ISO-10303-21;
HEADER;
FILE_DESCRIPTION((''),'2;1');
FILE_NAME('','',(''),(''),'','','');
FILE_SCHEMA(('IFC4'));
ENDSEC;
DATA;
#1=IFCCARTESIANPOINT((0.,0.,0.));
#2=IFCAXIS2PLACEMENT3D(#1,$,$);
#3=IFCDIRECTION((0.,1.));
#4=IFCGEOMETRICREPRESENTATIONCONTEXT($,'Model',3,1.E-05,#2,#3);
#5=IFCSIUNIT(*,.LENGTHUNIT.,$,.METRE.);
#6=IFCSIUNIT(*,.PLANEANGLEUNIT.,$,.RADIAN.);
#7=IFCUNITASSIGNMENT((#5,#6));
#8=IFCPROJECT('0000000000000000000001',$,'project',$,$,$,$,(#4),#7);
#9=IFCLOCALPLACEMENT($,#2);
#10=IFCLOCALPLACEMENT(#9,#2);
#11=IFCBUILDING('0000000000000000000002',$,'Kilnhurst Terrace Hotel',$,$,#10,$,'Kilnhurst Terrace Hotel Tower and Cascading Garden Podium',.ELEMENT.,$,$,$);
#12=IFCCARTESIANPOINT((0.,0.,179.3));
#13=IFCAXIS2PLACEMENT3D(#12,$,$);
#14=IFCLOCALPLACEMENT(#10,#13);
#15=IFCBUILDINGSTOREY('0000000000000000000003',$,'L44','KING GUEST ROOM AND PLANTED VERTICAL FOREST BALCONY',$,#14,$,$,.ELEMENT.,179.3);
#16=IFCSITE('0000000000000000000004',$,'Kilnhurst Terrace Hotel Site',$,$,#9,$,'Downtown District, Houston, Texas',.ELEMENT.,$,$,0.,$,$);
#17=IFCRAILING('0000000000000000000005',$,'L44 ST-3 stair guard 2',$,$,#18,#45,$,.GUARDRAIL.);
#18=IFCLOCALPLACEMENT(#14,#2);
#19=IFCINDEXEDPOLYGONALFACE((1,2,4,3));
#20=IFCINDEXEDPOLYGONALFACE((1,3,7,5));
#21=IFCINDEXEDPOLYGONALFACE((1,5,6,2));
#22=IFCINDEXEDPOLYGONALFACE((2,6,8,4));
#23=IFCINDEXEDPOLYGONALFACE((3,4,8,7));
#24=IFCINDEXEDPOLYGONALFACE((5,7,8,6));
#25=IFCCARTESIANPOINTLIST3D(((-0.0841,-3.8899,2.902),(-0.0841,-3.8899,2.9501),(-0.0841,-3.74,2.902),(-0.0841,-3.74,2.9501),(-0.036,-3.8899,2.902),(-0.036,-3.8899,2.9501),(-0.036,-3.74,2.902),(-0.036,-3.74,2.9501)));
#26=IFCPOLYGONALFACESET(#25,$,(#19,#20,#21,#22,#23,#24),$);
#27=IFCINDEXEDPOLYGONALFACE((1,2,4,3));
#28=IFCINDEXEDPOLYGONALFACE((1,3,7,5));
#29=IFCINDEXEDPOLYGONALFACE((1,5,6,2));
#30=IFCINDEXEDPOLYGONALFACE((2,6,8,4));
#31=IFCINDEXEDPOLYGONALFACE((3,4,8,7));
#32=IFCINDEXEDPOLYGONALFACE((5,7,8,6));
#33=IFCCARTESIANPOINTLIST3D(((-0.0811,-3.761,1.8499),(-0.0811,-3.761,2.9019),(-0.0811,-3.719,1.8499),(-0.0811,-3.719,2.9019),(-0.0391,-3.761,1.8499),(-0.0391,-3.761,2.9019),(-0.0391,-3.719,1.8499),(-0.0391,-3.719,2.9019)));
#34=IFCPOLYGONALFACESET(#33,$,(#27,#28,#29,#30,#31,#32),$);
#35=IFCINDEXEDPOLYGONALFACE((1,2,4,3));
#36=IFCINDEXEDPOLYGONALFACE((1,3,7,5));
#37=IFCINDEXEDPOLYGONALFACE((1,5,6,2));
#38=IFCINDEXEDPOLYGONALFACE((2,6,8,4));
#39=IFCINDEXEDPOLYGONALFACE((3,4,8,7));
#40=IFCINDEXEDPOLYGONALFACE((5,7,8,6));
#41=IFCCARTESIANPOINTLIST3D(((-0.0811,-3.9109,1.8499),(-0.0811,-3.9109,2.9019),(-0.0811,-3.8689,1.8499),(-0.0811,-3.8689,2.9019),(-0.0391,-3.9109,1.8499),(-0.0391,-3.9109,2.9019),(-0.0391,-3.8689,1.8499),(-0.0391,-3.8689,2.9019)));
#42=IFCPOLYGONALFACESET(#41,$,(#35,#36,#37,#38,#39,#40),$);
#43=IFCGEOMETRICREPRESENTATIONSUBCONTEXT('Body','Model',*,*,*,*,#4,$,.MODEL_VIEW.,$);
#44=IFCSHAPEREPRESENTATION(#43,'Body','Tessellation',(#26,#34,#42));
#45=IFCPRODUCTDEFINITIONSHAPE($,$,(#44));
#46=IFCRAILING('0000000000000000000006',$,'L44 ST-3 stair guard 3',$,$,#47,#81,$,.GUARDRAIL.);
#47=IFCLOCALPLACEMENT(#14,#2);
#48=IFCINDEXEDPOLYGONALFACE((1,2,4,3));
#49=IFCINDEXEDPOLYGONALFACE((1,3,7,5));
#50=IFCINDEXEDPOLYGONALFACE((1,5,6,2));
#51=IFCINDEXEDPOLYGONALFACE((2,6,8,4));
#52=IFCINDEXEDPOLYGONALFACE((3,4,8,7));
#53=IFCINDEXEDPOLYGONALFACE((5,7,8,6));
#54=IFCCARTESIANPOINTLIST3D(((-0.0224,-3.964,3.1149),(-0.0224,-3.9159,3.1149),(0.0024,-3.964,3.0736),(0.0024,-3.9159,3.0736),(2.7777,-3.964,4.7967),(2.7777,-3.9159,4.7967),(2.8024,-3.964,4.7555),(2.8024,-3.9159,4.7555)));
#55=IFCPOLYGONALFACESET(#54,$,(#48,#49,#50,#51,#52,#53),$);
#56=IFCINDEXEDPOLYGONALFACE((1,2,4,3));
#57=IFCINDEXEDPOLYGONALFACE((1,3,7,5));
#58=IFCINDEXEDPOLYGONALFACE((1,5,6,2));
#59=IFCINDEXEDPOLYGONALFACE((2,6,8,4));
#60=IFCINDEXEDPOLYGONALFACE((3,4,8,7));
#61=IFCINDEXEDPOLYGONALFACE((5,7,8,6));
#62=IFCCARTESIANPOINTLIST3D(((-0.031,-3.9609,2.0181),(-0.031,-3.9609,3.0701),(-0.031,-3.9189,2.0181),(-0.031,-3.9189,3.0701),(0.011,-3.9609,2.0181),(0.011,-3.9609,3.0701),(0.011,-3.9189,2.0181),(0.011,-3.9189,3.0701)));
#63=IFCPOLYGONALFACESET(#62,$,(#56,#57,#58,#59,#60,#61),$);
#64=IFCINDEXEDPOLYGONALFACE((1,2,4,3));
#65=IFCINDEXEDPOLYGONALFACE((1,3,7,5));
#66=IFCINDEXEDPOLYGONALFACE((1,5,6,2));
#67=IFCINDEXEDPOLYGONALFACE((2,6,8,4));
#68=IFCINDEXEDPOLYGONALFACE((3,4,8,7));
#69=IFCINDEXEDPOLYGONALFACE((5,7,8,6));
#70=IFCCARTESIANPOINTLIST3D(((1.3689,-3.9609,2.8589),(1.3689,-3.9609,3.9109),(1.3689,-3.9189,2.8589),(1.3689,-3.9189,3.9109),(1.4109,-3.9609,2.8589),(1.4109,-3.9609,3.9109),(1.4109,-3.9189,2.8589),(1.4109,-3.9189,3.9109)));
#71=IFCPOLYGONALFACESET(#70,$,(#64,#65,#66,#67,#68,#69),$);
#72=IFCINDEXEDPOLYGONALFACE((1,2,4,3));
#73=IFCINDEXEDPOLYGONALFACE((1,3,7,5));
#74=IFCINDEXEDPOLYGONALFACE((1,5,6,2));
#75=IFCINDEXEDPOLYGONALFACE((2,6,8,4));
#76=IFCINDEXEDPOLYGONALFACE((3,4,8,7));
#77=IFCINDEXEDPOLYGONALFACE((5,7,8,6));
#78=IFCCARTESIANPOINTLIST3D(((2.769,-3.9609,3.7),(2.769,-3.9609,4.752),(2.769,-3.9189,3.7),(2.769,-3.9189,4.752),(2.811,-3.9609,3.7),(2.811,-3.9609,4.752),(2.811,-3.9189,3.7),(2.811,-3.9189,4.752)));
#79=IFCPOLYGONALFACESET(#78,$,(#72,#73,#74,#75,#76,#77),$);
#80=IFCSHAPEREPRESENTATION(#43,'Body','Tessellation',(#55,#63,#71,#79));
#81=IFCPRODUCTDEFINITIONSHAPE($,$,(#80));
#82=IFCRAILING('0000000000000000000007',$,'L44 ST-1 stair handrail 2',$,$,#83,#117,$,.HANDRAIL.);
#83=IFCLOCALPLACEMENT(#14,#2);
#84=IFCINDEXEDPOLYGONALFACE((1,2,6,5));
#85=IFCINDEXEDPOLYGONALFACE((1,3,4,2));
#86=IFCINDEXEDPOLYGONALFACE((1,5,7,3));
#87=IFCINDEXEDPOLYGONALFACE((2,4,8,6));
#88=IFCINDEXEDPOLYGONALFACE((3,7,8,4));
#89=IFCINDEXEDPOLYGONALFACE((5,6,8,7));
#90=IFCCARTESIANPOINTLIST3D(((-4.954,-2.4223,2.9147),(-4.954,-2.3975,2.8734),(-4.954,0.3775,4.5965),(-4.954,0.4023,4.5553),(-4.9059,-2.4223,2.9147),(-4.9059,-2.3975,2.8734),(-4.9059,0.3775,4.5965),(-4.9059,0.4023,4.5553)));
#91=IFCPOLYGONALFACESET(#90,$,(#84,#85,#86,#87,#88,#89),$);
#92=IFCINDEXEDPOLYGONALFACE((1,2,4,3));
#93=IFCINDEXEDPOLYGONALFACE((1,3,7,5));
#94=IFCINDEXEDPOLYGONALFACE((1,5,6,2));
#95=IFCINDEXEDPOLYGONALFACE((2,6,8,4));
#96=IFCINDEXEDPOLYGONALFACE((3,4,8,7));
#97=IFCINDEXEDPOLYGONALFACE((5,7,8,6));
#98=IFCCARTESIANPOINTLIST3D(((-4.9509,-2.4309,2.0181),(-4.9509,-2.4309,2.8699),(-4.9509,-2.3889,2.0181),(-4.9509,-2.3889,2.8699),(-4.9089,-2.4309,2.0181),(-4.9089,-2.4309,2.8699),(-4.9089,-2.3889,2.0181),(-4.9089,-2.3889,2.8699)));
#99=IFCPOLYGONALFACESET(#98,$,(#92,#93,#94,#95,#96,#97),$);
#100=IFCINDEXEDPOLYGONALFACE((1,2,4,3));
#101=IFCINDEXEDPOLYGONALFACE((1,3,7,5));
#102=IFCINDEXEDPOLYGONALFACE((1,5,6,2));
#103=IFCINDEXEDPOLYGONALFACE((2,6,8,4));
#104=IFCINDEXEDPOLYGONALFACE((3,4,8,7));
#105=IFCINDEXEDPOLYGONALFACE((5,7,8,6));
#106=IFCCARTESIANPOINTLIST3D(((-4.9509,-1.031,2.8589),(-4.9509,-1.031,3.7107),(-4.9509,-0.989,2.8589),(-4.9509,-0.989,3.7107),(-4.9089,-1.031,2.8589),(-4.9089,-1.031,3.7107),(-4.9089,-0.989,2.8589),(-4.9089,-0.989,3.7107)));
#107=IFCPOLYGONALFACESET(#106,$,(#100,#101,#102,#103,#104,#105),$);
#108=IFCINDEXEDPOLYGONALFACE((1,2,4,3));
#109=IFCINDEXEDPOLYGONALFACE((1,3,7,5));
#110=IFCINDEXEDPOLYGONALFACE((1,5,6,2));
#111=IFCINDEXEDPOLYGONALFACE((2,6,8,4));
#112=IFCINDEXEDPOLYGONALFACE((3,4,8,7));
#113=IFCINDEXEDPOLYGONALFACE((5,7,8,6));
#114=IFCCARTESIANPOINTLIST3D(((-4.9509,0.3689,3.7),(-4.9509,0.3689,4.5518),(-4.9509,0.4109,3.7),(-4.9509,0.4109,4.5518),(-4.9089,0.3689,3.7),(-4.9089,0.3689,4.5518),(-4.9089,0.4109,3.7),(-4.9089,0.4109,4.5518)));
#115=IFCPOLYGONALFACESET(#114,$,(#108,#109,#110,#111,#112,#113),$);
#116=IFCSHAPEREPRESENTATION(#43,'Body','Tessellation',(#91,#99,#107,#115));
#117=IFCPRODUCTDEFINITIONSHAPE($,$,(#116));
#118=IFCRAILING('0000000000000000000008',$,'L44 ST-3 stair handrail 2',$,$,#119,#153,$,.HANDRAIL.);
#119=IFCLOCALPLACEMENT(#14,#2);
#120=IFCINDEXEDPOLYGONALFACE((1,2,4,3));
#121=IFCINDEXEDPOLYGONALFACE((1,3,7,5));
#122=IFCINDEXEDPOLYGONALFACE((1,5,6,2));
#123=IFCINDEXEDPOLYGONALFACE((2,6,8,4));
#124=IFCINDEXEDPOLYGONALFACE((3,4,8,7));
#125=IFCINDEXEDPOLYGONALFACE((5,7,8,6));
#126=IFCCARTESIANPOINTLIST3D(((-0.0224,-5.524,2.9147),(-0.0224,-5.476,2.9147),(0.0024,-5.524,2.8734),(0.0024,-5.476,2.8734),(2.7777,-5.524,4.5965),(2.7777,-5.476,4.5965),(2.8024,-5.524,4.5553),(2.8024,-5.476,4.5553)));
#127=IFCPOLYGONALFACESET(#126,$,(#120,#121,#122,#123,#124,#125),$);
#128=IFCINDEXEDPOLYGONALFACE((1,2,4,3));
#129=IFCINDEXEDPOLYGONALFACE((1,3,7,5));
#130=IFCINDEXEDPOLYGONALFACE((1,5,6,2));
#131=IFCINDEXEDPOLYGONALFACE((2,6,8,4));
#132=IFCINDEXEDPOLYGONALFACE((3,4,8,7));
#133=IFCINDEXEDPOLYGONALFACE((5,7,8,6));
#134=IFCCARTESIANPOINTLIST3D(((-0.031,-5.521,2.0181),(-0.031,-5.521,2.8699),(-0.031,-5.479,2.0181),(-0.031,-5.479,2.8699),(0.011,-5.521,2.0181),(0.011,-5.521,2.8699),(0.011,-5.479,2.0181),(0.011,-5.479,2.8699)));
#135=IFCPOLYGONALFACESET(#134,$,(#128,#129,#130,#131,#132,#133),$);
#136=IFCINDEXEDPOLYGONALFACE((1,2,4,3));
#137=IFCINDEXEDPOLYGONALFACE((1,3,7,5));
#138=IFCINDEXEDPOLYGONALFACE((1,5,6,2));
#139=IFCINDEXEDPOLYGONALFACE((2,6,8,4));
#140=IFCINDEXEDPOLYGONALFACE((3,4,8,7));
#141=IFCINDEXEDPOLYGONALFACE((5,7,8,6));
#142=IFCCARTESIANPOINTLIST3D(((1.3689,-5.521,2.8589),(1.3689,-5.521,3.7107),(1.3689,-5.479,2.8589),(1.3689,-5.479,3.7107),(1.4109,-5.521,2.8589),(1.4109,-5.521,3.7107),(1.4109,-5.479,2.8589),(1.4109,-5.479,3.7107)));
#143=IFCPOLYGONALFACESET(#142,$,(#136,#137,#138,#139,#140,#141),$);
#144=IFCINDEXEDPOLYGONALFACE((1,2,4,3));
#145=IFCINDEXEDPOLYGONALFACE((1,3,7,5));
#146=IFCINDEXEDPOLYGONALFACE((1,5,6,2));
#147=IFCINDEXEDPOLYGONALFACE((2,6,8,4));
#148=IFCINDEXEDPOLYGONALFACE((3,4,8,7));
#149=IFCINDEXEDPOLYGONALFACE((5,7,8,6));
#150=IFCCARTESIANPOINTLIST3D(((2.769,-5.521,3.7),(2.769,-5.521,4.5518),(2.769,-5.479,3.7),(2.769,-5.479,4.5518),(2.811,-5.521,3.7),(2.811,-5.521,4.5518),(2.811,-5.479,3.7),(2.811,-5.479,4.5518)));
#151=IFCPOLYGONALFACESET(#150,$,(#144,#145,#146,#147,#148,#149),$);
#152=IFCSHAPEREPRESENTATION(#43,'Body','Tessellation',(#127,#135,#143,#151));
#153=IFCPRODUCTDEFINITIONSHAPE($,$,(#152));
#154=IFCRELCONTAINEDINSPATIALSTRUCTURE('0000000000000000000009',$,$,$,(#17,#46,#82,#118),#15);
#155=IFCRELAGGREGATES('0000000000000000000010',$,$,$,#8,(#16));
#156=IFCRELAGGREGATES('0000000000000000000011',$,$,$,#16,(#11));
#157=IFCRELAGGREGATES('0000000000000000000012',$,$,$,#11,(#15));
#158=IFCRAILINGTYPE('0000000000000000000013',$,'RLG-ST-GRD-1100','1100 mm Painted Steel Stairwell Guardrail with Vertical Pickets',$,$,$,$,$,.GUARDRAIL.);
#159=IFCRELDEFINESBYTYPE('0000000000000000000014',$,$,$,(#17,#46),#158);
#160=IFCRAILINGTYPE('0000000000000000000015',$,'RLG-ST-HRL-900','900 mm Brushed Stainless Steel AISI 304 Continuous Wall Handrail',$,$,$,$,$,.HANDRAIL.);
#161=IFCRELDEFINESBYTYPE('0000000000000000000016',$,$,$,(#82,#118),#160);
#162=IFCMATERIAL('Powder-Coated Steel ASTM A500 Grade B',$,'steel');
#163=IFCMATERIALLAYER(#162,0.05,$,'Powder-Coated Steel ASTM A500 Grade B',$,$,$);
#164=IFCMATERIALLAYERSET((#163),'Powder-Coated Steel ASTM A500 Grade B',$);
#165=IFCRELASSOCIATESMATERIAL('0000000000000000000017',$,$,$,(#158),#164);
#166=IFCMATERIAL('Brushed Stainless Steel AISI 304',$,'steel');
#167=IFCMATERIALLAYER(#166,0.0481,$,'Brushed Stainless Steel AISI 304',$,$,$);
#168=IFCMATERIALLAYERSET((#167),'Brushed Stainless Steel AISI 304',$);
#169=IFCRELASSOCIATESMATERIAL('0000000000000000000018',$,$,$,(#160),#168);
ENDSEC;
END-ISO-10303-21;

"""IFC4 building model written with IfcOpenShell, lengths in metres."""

from ifc_helpers import new_model, si_unit, direction, frame, origin, origin_2d, place, context, subcontext, project, spatial, rectangle, extrude, material, layer, layer_set, type_object, element, save


model = new_model("IFC4")

# Units and contexts
model_context = context("Model", 3, precision=1e-05, world=origin(), true_north=direction((0.0, 1.0)))
body_context = subcontext(model_context, "Body", "Model", "MODEL_VIEW")
ifc_project = project(units=[si_unit("LENGTHUNIT", "METRE"), si_unit("PLANEANGLEUNIT", "RADIAN")], contexts=[model_context])

# Site, building, storey
site_placement = place(None, origin())
site = spatial("IfcSite", under=ifc_project, at=site_placement, Name="Kilnhurst Terrace Hotel Site", LongName="Downtown District, Houston, Texas", CompositionType="ELEMENT", RefElevation=0.0)
building_placement = place(site_placement, origin())
building = spatial("IfcBuilding", under=site, at=building_placement, Name="Kilnhurst Terrace Hotel", LongName="Kilnhurst Terrace Hotel Tower and Cascading Garden Podium", CompositionType="ELEMENT")
storey_placement = place(building_placement, frame((0.0, 0.0, 179.3)))
storey = spatial("IfcBuildingStorey", under=building, at=storey_placement, Name="L44", Description="KING GUEST ROOM AND PLANTED VERTICAL FOREST BALCONY", CompositionType="ELEMENT", Elevation=179.3)

# Railings
ifc_material_1 = material(Name="Powder-Coated Steel ASTM A500 Grade B", Category="steel")
ifc_layer_1 = layer(ifc_material_1, 0.05, Name="Powder-Coated Steel ASTM A500 Grade B")
ifc_layer_set_1 = layer_set([ifc_layer_1], Name="Powder-Coated Steel ASTM A500 Grade B")
railing_type_1 = type_object("IfcRailingType", Name="RLG-ST-GRD-1100", Description="1100 mm Painted Steel Stairwell Guardrail with Vertical Pickets", PredefinedType="GUARDRAIL", material=ifc_layer_set_1)
railing_1_placement = place(storey_placement, frame((-0.0601, -3.74, 1.8499)))
element("IfcRailing", 1, at=railing_1_placement, inside=storey, type_object=railing_type_1, Name="L44 ST-3 stair guard 2", PredefinedType="GUARDRAIL", context=body_context, shape_type="SweptSolid", body=[
    extrude(rectangle(XDim=0.0481, YDim=0.0481, at=origin_2d()), frame((0.0, 0.0, 1.0762), z_axis=(0.0, -1.0, 0.0), x_axis=(1.0, 0.0, 0.0)), (0.0, 0.0, 1.0), 0.1499),
    extrude(rectangle(XDim=0.042, YDim=0.042, at=origin_2d()), origin(), (0.0, 0.0, 1.0), 1.052),
    extrude(rectangle(XDim=0.042, YDim=0.042, at=origin_2d()), frame((0.0, -0.1499, 0.0)), (0.0, 0.0, 1.0), 1.052),
])
railing_2_placement = place(storey_placement, frame((-0.01, -3.9399, 2.0181)))
element("IfcRailing", 2, at=railing_2_placement, inside=storey, type_object=railing_type_1, Name="L44 ST-3 stair guard 3", PredefinedType="GUARDRAIL", context=body_context, shape_type="SweptSolid", body=[
    extrude(rectangle(XDim=0.0481, YDim=0.0481, at=origin_2d()), frame((0.0, 0.0, 1.0762), z_axis=(0.857242, 0.0, 0.514913), x_axis=(0.0, 1.0, 0.0)), (0.0, 0.0, 1.0), 3.2664),
    extrude(rectangle(XDim=0.042, YDim=0.042, at=origin_2d()), origin(), (0.0, 0.0, 1.0), 1.052),
    extrude(rectangle(XDim=0.042, YDim=0.042, at=origin_2d()), frame((1.3999, 0.0, 0.8408)), (0.0, 0.0, 1.0), 1.052),
    extrude(rectangle(XDim=0.042, YDim=0.042, at=origin_2d()), frame((2.8, 0.0, 1.6819)), (0.0, 0.0, 1.0), 1.052),
])
ifc_material_2 = material(Name="Brushed Stainless Steel AISI 304", Category="steel")
ifc_layer_2 = layer(ifc_material_2, 0.0481, Name="Brushed Stainless Steel AISI 304")
ifc_layer_set_2 = layer_set([ifc_layer_2], Name="Brushed Stainless Steel AISI 304")
railing_type_2 = type_object("IfcRailingType", Name="RLG-ST-HRL-900", Description="900 mm Brushed Stainless Steel AISI 304 Continuous Wall Handrail", PredefinedType="HANDRAIL", material=ifc_layer_set_2)
railing_3_placement = place(storey_placement, frame((-4.9299, -2.4099, 2.0181)))
element("IfcRailing", 3, at=railing_3_placement, inside=storey, type_object=railing_type_2, Name="L44 ST-1 stair handrail 2", PredefinedType="HANDRAIL", context=body_context, shape_type="SweptSolid", body=[
    extrude(rectangle(XDim=0.0481, YDim=0.0481, at=origin_2d()), frame((0.0, 0.0, 0.876), z_axis=(0.0, 0.857222, 0.514946), x_axis=(-1.0, 0.0, 0.0)), (0.0, 0.0, 1.0), 3.2661),
    extrude(rectangle(XDim=0.042, YDim=0.042, at=origin_2d()), origin(), (0.0, 0.0, 1.0), 0.8518),
    extrude(rectangle(XDim=0.042, YDim=0.042, at=origin_2d()), frame((0.0, 1.3999, 0.8408)), (0.0, 0.0, 1.0), 0.8518),
    extrude(rectangle(XDim=0.042, YDim=0.042, at=origin_2d()), frame((0.0, 2.7998, 1.6819)), (0.0, 0.0, 1.0), 0.8518),
])
railing_4_placement = place(storey_placement, frame((-0.01, -5.5, 2.0181)))
element("IfcRailing", 4, at=railing_4_placement, inside=storey, type_object=railing_type_2, Name="L44 ST-3 stair handrail 2", PredefinedType="HANDRAIL", context=body_context, shape_type="SweptSolid", body=[
    extrude(rectangle(XDim=0.0481, YDim=0.0481, at=origin_2d()), frame((0.0, 0.0, 0.876), z_axis=(0.857242, 0.0, 0.514913), x_axis=(0.0, 1.0, 0.0)), (0.0, 0.0, 1.0), 3.2664),
    extrude(rectangle(XDim=0.042, YDim=0.042, at=origin_2d()), origin(), (0.0, 0.0, 1.0), 0.8518),
    extrude(rectangle(XDim=0.042, YDim=0.042, at=origin_2d()), frame((1.3999, 0.0, 0.8408)), (0.0, 0.0, 1.0), 0.8518),
    extrude(rectangle(XDim=0.042, YDim=0.042, at=origin_2d()), frame((2.8, 0.0, 1.6819)), (0.0, 0.0, 1.0), 0.8518),
])

save(model, "model.ifc")
